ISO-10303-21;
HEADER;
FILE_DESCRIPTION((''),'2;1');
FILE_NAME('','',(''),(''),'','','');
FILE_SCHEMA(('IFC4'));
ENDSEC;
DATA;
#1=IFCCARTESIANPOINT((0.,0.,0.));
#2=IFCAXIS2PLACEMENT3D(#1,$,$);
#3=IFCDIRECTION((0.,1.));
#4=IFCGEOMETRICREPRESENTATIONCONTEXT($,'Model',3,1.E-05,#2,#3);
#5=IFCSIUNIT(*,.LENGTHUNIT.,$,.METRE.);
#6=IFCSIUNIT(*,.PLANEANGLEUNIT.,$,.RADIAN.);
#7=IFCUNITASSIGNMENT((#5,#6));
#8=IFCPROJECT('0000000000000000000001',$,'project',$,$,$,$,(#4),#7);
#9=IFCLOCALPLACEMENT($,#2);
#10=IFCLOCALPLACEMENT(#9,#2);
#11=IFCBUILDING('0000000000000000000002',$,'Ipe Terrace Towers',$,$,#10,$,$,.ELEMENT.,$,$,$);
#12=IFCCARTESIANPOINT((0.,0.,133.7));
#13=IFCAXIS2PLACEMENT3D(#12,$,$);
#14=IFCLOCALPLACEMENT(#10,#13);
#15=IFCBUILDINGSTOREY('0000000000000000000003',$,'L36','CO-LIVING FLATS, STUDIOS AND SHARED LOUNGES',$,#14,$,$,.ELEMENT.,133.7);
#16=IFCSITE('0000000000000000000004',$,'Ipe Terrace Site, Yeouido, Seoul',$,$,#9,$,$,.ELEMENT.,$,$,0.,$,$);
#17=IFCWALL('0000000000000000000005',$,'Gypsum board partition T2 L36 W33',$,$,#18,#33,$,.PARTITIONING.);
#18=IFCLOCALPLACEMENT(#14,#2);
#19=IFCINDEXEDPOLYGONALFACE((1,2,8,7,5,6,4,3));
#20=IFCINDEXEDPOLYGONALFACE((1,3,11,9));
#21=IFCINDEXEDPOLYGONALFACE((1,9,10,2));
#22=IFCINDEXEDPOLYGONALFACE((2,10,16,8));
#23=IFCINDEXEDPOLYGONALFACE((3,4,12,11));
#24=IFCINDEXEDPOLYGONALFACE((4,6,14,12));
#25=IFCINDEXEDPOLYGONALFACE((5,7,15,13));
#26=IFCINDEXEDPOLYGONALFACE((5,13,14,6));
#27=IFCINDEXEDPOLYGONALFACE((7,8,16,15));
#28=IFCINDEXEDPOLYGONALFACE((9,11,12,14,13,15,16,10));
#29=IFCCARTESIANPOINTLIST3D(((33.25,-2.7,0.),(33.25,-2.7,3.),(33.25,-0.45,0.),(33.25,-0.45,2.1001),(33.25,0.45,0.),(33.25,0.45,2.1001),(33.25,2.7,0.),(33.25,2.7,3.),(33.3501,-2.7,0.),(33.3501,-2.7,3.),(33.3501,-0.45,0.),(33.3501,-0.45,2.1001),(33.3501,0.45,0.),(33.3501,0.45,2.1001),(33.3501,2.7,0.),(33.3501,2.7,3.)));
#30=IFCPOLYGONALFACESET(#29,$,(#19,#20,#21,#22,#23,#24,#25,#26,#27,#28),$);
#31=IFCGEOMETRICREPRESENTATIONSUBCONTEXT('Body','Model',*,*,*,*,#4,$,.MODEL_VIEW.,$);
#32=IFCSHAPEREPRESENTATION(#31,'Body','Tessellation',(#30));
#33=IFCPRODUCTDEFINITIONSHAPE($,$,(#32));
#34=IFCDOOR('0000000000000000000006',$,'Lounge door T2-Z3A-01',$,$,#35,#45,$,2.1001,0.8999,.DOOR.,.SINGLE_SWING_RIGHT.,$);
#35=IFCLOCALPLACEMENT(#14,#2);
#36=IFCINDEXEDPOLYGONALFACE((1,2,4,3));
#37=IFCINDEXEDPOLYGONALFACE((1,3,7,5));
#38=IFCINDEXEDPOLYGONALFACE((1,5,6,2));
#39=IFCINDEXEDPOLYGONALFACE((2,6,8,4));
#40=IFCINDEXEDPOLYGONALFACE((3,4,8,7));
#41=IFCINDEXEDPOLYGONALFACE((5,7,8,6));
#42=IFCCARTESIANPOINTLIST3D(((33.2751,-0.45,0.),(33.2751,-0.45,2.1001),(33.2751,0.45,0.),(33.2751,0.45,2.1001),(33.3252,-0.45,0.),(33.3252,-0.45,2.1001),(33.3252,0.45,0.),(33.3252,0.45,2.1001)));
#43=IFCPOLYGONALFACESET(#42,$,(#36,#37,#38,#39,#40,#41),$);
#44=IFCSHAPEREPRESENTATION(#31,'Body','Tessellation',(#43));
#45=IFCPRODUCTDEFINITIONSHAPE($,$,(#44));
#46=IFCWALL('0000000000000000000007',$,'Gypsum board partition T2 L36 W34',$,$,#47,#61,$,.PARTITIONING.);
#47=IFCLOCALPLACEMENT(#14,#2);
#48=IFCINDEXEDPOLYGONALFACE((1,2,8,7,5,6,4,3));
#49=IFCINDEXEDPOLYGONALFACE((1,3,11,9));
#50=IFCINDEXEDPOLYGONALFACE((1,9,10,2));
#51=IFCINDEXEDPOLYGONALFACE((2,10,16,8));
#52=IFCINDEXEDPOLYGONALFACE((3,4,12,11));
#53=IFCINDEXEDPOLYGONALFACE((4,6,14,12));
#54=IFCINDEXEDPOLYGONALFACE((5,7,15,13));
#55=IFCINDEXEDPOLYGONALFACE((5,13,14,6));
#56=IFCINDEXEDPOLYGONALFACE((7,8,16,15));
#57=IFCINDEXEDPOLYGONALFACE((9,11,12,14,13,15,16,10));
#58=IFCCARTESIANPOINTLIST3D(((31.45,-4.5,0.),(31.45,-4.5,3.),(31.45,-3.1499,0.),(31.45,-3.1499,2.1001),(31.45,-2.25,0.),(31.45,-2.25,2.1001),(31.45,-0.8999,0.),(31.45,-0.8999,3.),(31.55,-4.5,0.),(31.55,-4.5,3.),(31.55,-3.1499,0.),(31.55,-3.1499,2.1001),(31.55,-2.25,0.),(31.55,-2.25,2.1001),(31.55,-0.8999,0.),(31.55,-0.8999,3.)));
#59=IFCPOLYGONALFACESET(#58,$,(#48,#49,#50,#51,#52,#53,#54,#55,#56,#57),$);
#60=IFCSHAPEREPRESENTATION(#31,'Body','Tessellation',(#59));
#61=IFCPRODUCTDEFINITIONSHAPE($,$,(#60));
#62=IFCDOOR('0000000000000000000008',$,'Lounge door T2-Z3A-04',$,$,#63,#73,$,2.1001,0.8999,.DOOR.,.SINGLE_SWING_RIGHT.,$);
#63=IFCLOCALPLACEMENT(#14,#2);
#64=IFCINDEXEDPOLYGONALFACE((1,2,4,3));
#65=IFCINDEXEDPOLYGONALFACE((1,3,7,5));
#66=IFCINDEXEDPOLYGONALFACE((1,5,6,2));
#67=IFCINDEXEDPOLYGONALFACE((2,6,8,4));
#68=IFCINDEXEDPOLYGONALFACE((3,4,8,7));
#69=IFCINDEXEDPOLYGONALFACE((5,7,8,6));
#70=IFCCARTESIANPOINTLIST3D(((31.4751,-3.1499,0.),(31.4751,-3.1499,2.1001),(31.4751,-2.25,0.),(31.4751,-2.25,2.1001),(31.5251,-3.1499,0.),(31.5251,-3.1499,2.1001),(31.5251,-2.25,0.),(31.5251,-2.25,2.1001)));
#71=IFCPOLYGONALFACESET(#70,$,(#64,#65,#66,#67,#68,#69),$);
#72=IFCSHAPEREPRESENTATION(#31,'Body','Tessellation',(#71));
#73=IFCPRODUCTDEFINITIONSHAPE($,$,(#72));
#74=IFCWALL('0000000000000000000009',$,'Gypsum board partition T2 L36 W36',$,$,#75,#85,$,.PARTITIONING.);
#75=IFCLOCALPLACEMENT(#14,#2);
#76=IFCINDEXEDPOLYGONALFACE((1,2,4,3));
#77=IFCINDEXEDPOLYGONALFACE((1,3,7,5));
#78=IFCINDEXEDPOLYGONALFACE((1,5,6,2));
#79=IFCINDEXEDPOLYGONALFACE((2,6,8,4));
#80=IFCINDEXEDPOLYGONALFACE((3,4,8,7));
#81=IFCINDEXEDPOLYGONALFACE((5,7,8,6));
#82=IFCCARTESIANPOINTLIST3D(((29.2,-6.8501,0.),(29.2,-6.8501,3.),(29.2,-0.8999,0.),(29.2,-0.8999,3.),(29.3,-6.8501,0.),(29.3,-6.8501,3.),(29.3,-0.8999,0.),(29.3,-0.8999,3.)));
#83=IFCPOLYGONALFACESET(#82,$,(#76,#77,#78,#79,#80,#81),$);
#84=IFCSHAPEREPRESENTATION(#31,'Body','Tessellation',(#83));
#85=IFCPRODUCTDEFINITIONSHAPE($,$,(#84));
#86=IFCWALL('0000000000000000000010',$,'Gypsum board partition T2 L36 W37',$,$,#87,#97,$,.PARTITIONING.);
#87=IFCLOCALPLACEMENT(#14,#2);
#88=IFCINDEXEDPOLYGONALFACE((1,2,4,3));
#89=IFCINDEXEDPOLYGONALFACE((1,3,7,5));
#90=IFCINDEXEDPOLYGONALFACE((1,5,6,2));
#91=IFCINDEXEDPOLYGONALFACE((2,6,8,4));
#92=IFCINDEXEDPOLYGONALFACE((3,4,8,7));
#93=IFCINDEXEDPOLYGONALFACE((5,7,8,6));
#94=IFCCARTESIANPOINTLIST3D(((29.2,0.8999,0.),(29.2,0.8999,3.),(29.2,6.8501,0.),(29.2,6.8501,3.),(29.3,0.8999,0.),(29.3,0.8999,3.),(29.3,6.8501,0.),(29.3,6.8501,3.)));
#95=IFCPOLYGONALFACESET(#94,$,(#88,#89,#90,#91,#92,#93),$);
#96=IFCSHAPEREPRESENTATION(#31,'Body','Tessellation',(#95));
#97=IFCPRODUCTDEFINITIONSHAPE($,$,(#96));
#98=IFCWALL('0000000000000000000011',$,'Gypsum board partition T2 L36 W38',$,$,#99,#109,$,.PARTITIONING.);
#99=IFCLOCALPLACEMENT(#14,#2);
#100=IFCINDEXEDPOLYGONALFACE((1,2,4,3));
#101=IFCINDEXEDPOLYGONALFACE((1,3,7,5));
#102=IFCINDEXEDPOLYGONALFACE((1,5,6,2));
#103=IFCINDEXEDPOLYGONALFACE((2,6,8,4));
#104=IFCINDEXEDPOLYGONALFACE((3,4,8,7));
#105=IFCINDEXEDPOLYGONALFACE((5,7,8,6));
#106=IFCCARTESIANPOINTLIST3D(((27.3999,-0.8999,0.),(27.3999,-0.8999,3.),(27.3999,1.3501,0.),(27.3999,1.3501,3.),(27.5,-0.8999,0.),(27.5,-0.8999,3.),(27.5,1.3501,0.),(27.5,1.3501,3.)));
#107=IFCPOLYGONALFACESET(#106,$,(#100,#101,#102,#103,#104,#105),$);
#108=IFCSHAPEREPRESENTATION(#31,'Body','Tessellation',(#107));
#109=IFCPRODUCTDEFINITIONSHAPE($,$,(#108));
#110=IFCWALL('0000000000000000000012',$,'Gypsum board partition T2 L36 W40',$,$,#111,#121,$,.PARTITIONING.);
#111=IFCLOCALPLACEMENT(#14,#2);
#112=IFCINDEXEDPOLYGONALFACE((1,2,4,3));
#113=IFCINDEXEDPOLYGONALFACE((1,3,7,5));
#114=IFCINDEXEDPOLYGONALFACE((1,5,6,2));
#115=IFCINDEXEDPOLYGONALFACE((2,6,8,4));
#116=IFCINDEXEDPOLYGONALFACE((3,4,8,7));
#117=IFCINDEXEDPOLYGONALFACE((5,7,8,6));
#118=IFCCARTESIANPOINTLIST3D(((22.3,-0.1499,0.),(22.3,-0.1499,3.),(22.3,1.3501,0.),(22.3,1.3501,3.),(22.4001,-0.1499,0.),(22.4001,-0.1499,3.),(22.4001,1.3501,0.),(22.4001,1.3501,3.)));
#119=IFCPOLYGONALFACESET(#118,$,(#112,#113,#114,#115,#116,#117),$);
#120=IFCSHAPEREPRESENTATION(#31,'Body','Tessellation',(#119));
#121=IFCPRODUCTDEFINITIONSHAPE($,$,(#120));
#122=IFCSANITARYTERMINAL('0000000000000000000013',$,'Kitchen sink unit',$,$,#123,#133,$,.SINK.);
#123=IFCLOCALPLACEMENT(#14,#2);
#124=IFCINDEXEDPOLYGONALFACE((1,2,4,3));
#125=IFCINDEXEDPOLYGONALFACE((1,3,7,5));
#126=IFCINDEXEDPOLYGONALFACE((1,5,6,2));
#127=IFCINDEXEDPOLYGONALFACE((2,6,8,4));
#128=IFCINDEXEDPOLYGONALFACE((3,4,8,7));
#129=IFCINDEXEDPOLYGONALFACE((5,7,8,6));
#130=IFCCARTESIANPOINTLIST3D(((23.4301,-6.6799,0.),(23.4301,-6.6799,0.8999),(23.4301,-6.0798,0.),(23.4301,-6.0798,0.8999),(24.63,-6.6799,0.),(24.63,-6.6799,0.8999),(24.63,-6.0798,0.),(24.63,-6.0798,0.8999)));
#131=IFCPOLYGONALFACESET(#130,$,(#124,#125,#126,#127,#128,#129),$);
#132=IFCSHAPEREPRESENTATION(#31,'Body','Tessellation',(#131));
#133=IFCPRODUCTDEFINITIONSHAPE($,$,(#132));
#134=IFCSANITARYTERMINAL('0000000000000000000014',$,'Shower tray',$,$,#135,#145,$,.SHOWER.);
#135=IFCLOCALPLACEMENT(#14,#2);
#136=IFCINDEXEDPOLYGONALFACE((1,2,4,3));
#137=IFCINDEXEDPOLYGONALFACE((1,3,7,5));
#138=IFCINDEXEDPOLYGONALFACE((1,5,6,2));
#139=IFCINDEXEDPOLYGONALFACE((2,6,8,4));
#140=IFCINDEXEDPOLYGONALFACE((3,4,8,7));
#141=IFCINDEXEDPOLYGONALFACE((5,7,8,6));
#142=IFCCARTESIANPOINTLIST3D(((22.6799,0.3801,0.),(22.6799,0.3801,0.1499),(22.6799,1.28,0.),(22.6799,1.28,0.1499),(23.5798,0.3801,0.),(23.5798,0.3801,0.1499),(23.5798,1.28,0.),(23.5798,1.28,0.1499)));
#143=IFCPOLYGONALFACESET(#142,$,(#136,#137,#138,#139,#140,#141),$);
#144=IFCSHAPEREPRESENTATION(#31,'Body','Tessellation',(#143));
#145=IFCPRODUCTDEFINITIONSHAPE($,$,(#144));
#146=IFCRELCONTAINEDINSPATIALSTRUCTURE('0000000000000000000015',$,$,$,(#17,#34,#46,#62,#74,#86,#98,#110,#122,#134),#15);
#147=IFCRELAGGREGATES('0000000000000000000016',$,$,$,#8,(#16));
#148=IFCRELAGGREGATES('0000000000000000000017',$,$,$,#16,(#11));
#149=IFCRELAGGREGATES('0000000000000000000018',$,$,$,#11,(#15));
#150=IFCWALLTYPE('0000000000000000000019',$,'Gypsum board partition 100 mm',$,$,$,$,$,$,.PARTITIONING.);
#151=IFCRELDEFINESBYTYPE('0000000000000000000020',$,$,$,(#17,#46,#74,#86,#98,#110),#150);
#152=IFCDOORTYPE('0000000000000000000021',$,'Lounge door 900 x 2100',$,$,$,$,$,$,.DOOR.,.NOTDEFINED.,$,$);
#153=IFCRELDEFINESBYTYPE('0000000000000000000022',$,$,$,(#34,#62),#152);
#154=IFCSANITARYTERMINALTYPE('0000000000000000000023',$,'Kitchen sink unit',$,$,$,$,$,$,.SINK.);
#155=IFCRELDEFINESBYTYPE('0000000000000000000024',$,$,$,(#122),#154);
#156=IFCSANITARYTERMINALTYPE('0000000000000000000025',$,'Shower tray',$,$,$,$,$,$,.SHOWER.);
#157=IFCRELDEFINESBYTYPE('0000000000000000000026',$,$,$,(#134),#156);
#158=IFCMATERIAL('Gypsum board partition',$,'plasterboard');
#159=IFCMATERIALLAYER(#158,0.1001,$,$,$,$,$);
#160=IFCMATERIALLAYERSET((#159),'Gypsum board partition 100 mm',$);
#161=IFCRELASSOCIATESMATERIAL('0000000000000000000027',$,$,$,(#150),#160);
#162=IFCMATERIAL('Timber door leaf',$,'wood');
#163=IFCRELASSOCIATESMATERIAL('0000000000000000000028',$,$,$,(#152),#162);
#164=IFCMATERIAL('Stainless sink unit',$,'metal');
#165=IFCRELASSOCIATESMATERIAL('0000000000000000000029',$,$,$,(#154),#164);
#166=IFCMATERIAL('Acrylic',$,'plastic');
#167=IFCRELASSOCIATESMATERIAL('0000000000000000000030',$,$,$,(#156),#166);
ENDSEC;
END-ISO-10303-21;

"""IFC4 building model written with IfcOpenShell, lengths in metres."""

from ifc_helpers import new_model, si_unit, direction, frame, frame_2d, origin, origin_2d, place, context, subcontext, project, spatial, rectangle, extrude, material, layer, layer_set, type_object, element, fill, save


model = new_model("IFC4")

# Units and contexts
model_context = context("Model", 3, precision=1e-05, world=origin(), true_north=direction((0.0, 1.0)))
body_context = subcontext(model_context, "Body", "Model", "MODEL_VIEW")
ifc_project = project(units=[si_unit("LENGTHUNIT", "METRE"), si_unit("PLANEANGLEUNIT", "RADIAN")], contexts=[model_context])

# Site, building, storey
site_placement = place(None, origin())
site = spatial("IfcSite", under=ifc_project, at=site_placement, Name="Ipe Terrace Site, Yeouido, Seoul", CompositionType="ELEMENT", RefElevation=0.0)
building_placement = place(site_placement, origin())
building = spatial("IfcBuilding", under=site, at=building_placement, Name="Ipe Terrace Towers", CompositionType="ELEMENT")
storey_placement = place(building_placement, frame((0.0, 0.0, 133.7)))
storey = spatial("IfcBuildingStorey", under=building, at=storey_placement, Name="L36", Description="CO-LIVING FLATS, STUDIOS AND SHARED LOUNGES", CompositionType="ELEMENT", Elevation=133.7)

# Shared definitions
ifc_material_1 = material(Name="Gypsum board partition", Category="plasterboard")
ifc_layer = layer(ifc_material_1, 0.1001)
ifc_layer_set = layer_set([ifc_layer], Name="Gypsum board partition 100 mm")
wall_type = type_object("IfcWallType", Name="Gypsum board partition 100 mm", PredefinedType="PARTITIONING", material=ifc_layer_set)
ifc_material_2 = material(Name="Timber door leaf", Category="wood")
door_type_1 = type_object("IfcDoorType", Name="Lounge door 900 x 2100", OperationType="NOTDEFINED", PredefinedType="DOOR", material=ifc_material_2)

# Walls, openings, doors
wall_1_placement = place(storey_placement, frame((33.3, -2.7, 0.0), z_axis=(0.0, 0.0, 1.0), x_axis=(0.0, 1.0, 0.0)))
wall_1 = element("IfcWall", 1, at=wall_1_placement, inside=storey, type_object=wall_type, Name="Gypsum board partition T2 L36 W33", PredefinedType="PARTITIONING", context=body_context, shape_type="SweptSolid", body=[
    extrude(rectangle(XDim=5.3999, YDim=0.1001, at=frame_2d((2.7, 0.0))), origin(), (0.0, 0.0, 1.0), 3.0),
])
opening_1_placement = place(wall_1_placement, frame((2.25, 0.0, 0.0)))
opening_1 = element("IfcOpeningElement", 2, at=opening_1_placement, cuts=wall_1, PredefinedType="OPENING", context=body_context, shape_type="SweptSolid", body=[
    extrude(rectangle(XDim=0.8999, YDim=2.1001, at=frame_2d((0.45, 1.05))), frame((0.0, 0.0601, 0.0), z_axis=(0.0, -1.0, 0.0), x_axis=(1.0, 0.0, 0.0)), (0.0, 0.0, 1.0), 0.1201),
])
door_1_placement = place(opening_1_placement, origin())
door_1 = element("IfcDoor", 3, at=door_1_placement, inside=storey, type_object=door_type_1, Name="Lounge door T2-Z3A-01", OperationType="SINGLE_SWING_RIGHT", OverallHeight=2.1001, OverallWidth=0.8999, PredefinedType="DOOR", context=body_context, shape_type="SweptSolid", body=[
    extrude(rectangle(XDim=0.8999, YDim=2.1001, at=frame_2d((0.45, 1.05))), frame((0.0, 0.0249, 0.0), z_axis=(0.0, -1.0, 0.0), x_axis=(1.0, 0.0, 0.0)), (0.0, 0.0, 1.0), 0.05),
])
fill(opening_1, door_1)
wall_2_placement = place(storey_placement, frame((31.5, -4.5, 0.0), z_axis=(0.0, 0.0, 1.0), x_axis=(0.0, 1.0, 0.0)))
wall_2 = element("IfcWall", 4, at=wall_2_placement, inside=storey, type_object=wall_type, Name="Gypsum board partition T2 L36 W34", PredefinedType="PARTITIONING", context=body_context, shape_type="SweptSolid", body=[
    extrude(rectangle(XDim=3.6001, YDim=0.1001, at=frame_2d((1.8, 0.0))), origin(), (0.0, 0.0, 1.0), 3.0),
])
opening_2_placement = place(wall_2_placement, frame((1.3501, 0.0, 0.0)))
opening_2 = element("IfcOpeningElement", 5, at=opening_2_placement, cuts=wall_2, PredefinedType="OPENING", context=body_context, shape_type="SweptSolid", body=[
    extrude(rectangle(XDim=0.8999, YDim=2.1001, at=frame_2d((0.45, 1.05))), frame((0.0, 0.0601, 0.0), z_axis=(0.0, -1.0, 0.0), x_axis=(1.0, 0.0, 0.0)), (0.0, 0.0, 1.0), 0.1201),
])
door_2_placement = place(opening_2_placement, origin())
door_2 = element("IfcDoor", 6, at=door_2_placement, inside=storey, type_object=door_type_1, Name="Lounge door T2-Z3A-04", OperationType="SINGLE_SWING_RIGHT", OverallHeight=2.1001, OverallWidth=0.8999, PredefinedType="DOOR", context=body_context, shape_type="SweptSolid", body=[
    extrude(rectangle(XDim=0.8999, YDim=2.1001, at=frame_2d((0.45, 1.05))), frame((0.0, 0.0249, 0.0), z_axis=(0.0, -1.0, 0.0), x_axis=(1.0, 0.0, 0.0)), (0.0, 0.0, 1.0), 0.05),
])
fill(opening_2, door_2)

# Walls
for number, where, z_axis, x_axis, name in (
    (7, (29.25, -6.8501, 0.0), (0.0, 0.0, 1.0), (0.0, 1.0, 0.0), "Gypsum board partition T2 L36 W36"),
    (8, (29.25, 0.8999, 0.0), (0.0, 0.0, 1.0), (0.0, 1.0, 0.0), "Gypsum board partition T2 L36 W37"),
):
    element("IfcWall", number, at=place(storey_placement, frame(where, z_axis=z_axis, x_axis=x_axis)), inside=storey, type_object=wall_type, Name=name, PredefinedType="PARTITIONING", context=body_context, shape_type="SweptSolid", body=[
        extrude(rectangle(XDim=5.9502, YDim=0.1001, at=frame_2d((2.9751, 0.0))), origin(), (0.0, 0.0, 1.0), 3.0),
    ])
wall_3_placement = place(storey_placement, frame((27.45, -0.8999, 0.0), z_axis=(0.0, 0.0, 1.0), x_axis=(0.0, 1.0, 0.0)))
element("IfcWall", 9, at=wall_3_placement, inside=storey, type_object=wall_type, Name="Gypsum board partition T2 L36 W38", PredefinedType="PARTITIONING", context=body_context, shape_type="SweptSolid", body=[
    extrude(rectangle(XDim=2.25, YDim=0.1001, at=frame_2d((1.125, 0.0))), origin(), (0.0, 0.0, 1.0), 3.0),
])
wall_4_placement = place(storey_placement, frame((22.3501, -0.1499, 0.0), z_axis=(0.0, 0.0, 1.0), x_axis=(0.0, 1.0, 0.0)))
element("IfcWall", 10, at=wall_4_placement, inside=storey, type_object=wall_type, Name="Gypsum board partition T2 L36 W40", PredefinedType="PARTITIONING", context=body_context, shape_type="SweptSolid", body=[
    extrude(rectangle(XDim=1.5, YDim=0.1001, at=frame_2d((0.75, 0.0))), origin(), (0.0, 0.0, 1.0), 3.0),
])

# Sanitary terminals
ifc_material_3 = material(Name="Stainless sink unit", Category="metal")
sanitary_terminal_type_1 = type_object("IfcSanitaryTerminalType", Name="Kitchen sink unit", PredefinedType="SINK", material=ifc_material_3)
sanitary_terminal_1_placement = place(storey_placement, frame((24.03, -6.3799, 0.0), z_axis=(0.0, 0.0, 1.0), x_axis=(-1.0, 0.0, 0.0)))
element("IfcSanitaryTerminal", 11, at=sanitary_terminal_1_placement, inside=storey, type_object=sanitary_terminal_type_1, Name="Kitchen sink unit", PredefinedType="SINK", context=body_context, shape_type="SweptSolid", body=[
    extrude(rectangle(XDim=1.2, YDim=0.6001, at=origin_2d()), origin(), (0.0, 0.0, 1.0), 0.8999),
])
ifc_material_4 = material(Name="Acrylic", Category="plastic")
sanitary_terminal_type_2 = type_object("IfcSanitaryTerminalType", Name="Shower tray", PredefinedType="SHOWER", material=ifc_material_4)
sanitary_terminal_2_placement = place(storey_placement, frame((23.1299, 0.8301, 0.0), z_axis=(0.0, 0.0, 1.0), x_axis=(0.0, -1.0, 0.0)))
element("IfcSanitaryTerminal", 12, at=sanitary_terminal_2_placement, inside=storey, type_object=sanitary_terminal_type_2, Name="Shower tray", PredefinedType="SHOWER", context=body_context, shape_type="SweptSolid", body=[
    extrude(rectangle(XDim=0.8999, YDim=0.8999, at=origin_2d()), origin(), (0.0, 0.0, 1.0), 0.1499),
])

save(model, "model.ifc")
